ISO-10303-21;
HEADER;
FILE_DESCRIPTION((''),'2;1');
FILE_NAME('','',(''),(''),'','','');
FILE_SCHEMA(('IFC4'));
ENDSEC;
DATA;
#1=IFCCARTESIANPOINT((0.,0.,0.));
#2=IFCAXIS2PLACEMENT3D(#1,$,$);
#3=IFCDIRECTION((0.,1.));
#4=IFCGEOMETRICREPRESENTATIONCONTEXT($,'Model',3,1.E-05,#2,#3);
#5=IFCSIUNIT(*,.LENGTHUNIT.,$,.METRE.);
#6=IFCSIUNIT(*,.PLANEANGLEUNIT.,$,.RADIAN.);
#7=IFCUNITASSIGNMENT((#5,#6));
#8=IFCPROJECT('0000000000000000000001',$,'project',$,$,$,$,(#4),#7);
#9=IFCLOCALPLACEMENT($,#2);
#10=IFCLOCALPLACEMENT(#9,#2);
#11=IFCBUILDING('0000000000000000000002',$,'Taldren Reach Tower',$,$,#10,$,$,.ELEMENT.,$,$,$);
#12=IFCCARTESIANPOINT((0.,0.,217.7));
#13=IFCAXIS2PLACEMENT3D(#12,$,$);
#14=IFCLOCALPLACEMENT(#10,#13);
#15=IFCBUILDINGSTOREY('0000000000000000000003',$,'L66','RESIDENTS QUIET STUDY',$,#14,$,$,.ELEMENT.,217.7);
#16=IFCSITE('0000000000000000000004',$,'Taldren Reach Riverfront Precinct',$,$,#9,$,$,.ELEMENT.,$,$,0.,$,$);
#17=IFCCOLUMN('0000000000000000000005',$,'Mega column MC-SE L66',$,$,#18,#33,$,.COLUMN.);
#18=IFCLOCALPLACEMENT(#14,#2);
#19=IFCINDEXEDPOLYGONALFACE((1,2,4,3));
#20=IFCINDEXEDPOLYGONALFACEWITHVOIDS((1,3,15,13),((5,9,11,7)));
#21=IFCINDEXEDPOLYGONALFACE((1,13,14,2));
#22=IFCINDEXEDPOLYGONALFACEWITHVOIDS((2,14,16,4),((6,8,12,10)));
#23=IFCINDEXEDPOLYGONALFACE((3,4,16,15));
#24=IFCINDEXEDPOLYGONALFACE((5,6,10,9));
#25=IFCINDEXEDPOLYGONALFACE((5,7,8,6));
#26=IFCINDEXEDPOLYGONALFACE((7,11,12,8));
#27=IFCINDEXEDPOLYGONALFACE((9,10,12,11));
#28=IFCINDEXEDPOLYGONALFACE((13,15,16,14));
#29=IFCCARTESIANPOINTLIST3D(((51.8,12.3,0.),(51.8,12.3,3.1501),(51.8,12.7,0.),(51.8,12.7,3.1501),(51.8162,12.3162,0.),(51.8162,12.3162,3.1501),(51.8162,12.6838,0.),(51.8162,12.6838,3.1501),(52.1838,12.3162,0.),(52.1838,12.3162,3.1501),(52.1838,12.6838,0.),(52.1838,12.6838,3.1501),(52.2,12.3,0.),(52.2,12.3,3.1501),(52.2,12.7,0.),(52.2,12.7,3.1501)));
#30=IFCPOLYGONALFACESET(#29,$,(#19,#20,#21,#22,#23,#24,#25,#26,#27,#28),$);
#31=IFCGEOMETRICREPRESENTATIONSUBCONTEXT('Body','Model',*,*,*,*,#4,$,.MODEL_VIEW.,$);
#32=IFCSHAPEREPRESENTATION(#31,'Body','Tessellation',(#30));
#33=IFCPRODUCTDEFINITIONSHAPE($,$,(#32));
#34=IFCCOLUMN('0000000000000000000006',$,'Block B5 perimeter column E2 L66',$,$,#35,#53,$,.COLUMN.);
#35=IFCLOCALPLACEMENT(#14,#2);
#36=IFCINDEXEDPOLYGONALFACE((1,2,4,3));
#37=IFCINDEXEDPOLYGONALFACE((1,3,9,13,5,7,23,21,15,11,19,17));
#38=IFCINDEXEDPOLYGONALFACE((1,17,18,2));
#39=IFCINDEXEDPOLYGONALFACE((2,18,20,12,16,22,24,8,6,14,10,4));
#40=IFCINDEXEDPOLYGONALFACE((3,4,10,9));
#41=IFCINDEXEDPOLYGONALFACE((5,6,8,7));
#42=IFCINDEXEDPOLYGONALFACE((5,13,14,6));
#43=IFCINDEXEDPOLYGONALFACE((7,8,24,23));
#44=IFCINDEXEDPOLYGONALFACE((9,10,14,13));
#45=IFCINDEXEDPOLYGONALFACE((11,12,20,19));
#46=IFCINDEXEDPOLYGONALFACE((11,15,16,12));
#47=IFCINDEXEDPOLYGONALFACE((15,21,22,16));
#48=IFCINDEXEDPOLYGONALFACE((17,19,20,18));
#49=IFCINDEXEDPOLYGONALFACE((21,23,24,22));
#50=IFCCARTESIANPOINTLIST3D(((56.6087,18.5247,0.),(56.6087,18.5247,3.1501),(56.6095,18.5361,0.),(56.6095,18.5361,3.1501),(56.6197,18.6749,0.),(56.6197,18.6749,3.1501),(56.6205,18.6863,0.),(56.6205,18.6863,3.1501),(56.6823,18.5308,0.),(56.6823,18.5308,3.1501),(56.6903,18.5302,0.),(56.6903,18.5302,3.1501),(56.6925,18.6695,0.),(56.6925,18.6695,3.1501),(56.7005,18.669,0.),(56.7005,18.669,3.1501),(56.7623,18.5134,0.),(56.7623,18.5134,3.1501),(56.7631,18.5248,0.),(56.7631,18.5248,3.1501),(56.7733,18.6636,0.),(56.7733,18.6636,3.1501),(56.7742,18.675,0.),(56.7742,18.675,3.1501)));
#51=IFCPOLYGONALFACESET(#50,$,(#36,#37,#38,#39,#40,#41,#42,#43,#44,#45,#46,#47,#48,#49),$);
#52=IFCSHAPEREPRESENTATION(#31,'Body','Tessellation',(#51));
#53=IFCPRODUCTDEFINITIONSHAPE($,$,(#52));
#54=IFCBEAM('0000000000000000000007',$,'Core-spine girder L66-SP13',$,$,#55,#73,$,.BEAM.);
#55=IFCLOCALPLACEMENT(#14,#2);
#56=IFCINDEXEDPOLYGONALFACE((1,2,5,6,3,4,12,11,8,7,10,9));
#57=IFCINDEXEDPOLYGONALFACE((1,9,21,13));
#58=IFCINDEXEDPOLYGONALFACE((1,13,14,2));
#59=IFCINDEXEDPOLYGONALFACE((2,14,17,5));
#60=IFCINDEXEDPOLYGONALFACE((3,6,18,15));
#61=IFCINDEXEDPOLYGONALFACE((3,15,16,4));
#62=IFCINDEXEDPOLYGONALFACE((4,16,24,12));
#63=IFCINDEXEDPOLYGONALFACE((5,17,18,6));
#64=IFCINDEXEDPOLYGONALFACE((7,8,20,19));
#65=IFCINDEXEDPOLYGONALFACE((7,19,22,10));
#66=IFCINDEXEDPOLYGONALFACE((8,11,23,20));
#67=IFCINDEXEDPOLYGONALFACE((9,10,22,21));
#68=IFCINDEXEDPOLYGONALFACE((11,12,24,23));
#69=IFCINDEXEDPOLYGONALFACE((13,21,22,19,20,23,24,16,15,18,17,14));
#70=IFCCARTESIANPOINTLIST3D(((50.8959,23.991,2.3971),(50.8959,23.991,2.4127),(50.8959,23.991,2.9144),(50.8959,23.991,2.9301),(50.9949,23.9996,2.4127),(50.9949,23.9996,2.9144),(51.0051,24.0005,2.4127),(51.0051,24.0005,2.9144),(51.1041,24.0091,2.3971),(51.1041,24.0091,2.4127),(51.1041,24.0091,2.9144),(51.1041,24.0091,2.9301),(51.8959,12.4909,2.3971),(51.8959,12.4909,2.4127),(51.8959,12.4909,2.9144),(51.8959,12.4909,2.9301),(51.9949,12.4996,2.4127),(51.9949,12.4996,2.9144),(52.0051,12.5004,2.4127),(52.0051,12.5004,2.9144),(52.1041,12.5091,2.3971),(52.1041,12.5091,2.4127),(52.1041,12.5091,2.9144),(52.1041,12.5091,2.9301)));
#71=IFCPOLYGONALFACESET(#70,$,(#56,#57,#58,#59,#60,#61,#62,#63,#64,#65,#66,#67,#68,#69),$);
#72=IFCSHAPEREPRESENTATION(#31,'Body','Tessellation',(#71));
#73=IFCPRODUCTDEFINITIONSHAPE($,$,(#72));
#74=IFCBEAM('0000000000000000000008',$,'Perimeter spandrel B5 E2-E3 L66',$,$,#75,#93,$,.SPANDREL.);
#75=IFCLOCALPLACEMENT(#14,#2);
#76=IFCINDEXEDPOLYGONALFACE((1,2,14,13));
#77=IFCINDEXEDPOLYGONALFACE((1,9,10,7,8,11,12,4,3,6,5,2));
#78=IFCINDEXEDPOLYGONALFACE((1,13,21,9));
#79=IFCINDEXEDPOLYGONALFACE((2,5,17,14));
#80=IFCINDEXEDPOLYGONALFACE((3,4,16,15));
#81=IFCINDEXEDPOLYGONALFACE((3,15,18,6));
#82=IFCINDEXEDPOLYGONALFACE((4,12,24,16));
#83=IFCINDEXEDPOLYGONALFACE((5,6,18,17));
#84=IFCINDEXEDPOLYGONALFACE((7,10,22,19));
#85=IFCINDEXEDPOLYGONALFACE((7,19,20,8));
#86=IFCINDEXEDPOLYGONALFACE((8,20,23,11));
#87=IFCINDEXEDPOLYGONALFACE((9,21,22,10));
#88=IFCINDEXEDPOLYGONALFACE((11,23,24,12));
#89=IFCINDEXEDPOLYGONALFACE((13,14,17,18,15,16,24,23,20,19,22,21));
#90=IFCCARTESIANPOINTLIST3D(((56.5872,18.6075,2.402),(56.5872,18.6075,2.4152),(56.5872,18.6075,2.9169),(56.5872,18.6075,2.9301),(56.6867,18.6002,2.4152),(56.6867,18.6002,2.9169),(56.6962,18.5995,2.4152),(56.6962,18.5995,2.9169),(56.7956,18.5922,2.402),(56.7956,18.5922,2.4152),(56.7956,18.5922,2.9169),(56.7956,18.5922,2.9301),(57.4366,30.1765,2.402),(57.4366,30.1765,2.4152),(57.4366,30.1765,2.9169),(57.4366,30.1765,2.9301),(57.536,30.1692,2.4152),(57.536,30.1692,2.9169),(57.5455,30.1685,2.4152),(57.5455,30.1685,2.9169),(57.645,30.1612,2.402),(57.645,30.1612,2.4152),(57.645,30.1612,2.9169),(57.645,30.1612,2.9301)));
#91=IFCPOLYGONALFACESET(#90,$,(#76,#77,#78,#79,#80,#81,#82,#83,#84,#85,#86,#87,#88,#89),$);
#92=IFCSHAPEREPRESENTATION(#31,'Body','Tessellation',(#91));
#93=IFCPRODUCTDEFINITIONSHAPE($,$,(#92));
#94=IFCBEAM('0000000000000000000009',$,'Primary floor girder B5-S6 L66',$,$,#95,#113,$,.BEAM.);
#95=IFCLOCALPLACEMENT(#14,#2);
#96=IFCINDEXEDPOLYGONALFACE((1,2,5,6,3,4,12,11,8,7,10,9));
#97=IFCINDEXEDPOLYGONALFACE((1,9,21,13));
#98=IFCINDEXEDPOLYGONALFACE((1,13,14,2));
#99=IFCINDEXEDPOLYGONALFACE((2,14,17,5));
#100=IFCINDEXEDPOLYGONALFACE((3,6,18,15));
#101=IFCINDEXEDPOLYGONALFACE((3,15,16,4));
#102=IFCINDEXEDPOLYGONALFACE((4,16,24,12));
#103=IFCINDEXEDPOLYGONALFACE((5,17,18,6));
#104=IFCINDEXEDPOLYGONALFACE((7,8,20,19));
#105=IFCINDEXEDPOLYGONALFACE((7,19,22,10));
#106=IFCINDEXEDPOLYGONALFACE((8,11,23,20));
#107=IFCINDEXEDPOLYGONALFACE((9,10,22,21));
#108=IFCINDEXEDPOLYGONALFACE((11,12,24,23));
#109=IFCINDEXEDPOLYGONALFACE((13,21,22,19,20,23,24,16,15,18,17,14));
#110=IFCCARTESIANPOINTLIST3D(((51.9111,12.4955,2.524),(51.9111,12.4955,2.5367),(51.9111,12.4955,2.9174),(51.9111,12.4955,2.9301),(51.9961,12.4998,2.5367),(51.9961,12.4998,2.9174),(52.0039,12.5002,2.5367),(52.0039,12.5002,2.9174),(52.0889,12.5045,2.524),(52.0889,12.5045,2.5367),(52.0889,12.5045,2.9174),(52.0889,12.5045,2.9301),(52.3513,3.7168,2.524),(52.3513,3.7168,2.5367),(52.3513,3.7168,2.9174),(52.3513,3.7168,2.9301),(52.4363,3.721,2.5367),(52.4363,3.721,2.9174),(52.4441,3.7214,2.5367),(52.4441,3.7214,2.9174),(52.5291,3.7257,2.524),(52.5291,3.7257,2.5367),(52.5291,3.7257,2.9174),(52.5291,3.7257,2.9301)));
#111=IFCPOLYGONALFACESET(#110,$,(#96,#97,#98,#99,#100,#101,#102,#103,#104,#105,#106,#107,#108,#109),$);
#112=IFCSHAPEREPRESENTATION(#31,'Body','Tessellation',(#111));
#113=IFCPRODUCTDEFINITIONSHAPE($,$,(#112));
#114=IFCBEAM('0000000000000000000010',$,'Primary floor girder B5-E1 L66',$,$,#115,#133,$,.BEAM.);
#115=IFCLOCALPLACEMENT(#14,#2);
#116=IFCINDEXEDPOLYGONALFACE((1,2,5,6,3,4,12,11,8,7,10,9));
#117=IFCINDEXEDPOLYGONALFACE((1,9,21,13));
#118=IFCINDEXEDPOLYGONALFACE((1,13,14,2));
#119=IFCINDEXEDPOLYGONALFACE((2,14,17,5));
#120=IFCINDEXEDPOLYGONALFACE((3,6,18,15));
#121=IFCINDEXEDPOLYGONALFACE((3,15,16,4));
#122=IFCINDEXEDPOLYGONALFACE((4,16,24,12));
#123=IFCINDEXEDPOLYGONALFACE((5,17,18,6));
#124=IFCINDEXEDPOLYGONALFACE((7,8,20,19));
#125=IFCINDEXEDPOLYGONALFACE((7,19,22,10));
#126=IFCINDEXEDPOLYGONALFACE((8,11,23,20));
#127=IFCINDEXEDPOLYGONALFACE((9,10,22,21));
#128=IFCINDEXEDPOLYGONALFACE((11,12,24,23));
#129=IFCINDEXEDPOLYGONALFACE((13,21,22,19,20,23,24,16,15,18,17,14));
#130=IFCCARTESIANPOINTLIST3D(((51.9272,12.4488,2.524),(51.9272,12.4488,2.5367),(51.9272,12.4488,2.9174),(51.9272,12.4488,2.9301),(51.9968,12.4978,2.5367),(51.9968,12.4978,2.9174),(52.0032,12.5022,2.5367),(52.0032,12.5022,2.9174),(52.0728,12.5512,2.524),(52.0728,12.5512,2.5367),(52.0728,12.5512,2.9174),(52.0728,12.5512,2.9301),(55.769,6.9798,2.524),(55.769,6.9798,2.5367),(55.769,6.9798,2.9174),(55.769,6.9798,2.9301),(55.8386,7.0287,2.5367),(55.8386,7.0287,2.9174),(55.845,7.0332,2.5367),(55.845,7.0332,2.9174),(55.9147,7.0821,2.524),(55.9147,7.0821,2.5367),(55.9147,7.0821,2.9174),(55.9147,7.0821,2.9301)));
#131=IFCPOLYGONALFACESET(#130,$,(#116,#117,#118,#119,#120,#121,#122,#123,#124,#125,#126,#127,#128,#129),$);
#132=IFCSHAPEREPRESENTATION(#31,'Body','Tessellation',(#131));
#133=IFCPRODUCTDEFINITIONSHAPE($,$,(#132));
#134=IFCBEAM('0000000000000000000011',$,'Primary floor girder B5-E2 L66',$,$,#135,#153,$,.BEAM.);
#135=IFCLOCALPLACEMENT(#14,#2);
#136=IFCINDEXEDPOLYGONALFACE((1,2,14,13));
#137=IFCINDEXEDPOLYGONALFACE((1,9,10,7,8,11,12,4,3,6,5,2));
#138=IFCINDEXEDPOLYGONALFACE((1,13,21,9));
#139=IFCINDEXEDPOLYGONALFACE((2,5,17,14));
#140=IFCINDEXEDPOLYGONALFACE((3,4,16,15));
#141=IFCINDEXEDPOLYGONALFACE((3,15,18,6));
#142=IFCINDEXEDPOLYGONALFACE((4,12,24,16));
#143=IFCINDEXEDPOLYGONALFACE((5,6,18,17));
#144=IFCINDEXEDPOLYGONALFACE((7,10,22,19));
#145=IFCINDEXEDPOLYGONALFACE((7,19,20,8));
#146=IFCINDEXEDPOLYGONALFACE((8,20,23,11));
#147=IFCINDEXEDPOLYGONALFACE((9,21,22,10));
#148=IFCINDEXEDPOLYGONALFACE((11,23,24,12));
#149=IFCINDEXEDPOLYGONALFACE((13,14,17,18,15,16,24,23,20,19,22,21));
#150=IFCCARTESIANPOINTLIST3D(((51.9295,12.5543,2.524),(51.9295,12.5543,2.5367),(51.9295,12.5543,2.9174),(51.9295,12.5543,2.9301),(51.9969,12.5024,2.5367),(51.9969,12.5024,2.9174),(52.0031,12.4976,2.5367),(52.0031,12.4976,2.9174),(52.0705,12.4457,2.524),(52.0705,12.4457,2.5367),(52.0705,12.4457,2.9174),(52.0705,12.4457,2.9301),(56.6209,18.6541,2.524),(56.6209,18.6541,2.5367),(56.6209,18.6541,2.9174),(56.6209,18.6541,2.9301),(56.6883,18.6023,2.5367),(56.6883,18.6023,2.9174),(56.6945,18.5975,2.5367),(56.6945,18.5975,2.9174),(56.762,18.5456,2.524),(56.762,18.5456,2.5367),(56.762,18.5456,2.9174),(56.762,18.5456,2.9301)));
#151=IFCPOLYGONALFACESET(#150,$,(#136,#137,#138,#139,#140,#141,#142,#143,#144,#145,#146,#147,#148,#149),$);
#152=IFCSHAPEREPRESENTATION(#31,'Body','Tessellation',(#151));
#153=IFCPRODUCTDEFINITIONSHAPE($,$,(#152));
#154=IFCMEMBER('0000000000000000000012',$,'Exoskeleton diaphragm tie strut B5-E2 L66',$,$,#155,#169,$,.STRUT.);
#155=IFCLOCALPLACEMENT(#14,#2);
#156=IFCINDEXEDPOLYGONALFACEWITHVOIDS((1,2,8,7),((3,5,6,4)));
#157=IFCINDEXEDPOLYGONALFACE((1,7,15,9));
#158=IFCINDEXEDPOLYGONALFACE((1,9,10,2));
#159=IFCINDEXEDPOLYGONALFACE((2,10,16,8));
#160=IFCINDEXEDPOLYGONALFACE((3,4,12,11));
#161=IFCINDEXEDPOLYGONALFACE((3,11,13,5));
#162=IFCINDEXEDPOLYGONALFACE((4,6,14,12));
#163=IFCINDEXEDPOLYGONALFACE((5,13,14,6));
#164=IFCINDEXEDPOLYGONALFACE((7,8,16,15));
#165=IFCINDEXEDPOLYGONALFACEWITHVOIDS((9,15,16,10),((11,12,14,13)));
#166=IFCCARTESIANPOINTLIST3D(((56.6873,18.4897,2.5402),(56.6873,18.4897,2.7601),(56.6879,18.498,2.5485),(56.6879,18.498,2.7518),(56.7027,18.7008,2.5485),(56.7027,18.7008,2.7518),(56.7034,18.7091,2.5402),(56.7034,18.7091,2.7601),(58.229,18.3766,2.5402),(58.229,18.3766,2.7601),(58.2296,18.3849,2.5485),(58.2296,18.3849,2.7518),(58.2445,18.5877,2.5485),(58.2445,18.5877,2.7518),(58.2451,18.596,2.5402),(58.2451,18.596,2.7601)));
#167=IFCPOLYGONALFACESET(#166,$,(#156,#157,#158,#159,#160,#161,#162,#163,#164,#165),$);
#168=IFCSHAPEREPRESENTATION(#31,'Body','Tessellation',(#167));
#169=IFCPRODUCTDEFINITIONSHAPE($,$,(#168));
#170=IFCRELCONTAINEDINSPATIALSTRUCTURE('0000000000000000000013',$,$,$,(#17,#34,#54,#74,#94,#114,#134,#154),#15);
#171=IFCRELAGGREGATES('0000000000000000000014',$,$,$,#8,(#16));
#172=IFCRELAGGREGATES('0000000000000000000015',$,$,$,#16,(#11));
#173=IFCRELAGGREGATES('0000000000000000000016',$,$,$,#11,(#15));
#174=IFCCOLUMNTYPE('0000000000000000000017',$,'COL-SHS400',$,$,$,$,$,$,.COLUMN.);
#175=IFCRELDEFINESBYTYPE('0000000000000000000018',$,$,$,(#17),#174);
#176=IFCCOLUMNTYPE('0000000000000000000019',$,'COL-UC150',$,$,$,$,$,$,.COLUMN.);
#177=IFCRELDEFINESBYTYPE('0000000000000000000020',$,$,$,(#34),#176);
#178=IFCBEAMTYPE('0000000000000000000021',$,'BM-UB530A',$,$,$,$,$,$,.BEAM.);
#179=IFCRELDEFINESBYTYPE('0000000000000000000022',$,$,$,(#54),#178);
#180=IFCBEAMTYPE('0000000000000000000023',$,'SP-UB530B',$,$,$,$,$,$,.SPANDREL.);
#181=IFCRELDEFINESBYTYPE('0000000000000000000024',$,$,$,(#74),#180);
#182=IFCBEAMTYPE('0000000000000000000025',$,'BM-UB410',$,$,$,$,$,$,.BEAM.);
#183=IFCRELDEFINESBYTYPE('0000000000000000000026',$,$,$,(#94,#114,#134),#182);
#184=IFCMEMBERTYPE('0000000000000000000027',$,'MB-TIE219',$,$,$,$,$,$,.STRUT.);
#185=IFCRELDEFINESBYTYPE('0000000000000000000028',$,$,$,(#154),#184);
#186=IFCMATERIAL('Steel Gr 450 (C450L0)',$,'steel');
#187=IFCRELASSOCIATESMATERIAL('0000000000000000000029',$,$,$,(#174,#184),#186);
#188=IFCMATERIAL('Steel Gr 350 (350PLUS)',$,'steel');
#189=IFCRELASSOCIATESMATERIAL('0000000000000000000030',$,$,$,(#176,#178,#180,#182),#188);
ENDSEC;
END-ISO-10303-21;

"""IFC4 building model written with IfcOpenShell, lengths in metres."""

from ifc_helpers import new_model, si_unit, direction, frame, origin, origin_2d, place, context, subcontext, project, spatial, hollow_rectangle, i_section, extrude, source, transform, mapped, material, material_profile, profile_set, type_object, element, save


model = new_model("IFC4")

# Units and contexts
model_context = context("Model", 3, precision=1e-05, world=origin(), true_north=direction((0.0, 1.0)))
body_context = subcontext(model_context, "Body", "Model", "MODEL_VIEW")
ifc_project = project(units=[si_unit("LENGTHUNIT", "METRE"), si_unit("PLANEANGLEUNIT", "RADIAN")], contexts=[model_context])

# Site, building, storey
site_placement = place(None, origin())
site = spatial("IfcSite", under=ifc_project, at=site_placement, Name="Taldren Reach Riverfront Precinct", CompositionType="ELEMENT", RefElevation=0.0)
building_placement = place(site_placement, origin())
building = spatial("IfcBuilding", under=site, at=building_placement, Name="Taldren Reach Tower", CompositionType="ELEMENT")
storey_placement = place(building_placement, frame((0.0, 0.0, 217.7)))
storey = spatial("IfcBuildingStorey", under=building, at=storey_placement, Name="L66", Description="RESIDENTS QUIET STUDY", CompositionType="ELEMENT", Elevation=217.7)

# Columns
ifc_material_1 = material(Name="Steel Gr 450 (C450L0)", Category="steel")
ifc_material_profile_1 = material_profile(ifc_material_1, hollow_rectangle(XDim=0.3999, YDim=0.3999, WallThickness=0.0161, at=origin_2d()), Name="400x400x16.0SHS")
ifc_profile_set_1 = profile_set([ifc_material_profile_1], Name="Steel Gr 450 (C450L0)")
column_type_1 = type_object("IfcColumnType", Name="COL-SHS400", PredefinedType="COLUMN", material=ifc_profile_set_1)
shared_shape_1 = source(origin(), body_context, "Body", "SweptSolid", [
    extrude(hollow_rectangle(XDim=0.3999, YDim=0.3999, WallThickness=0.0161, at=origin_2d()), origin(), (0.0, 0.0, 1.0), 3.1501),
])
column_1_placement = place(storey_placement, frame((52.0, 12.5, 0.0), z_axis=(0.0, 0.0, 1.0), x_axis=(1.0, 0.0, 0.0)))
element("IfcColumn", 1, at=column_1_placement, inside=storey, type_object=column_type_1, Name="Mega column MC-SE L66", PredefinedType="COLUMN", context=body_context, shape_type="MappedRepresentation", body=[
    mapped(shared_shape_1, transform((0.0, 0.0, 0.0), scale=1.0)),
])
ifc_material_2 = material(Name="Steel Gr 350 (350PLUS)", Category="steel")
ifc_material_profile_2 = material_profile(ifc_material_2, i_section(OverallWidth=0.1541, OverallDepth=0.1621, WebThickness=0.0081, FlangeThickness=0.0115, at=origin_2d()), Name="150UC37.2")
ifc_profile_set_2 = profile_set([ifc_material_profile_2], Name="Steel Gr 350 (350PLUS)")
column_type_2 = type_object("IfcColumnType", Name="COL-UC150", PredefinedType="COLUMN", material=ifc_profile_set_2)
shared_shape_2 = source(origin(), body_context, "Body", "SweptSolid", [
    extrude(i_section(OverallWidth=0.1541, OverallDepth=0.1621, WebThickness=0.0081, FlangeThickness=0.0115, at=origin_2d()), origin(), (0.0, 0.0, 1.0), 3.1501),
])
column_2_placement = place(storey_placement, frame((56.6914, 18.5999, 0.0), z_axis=(0.0, 0.0, 1.0), x_axis=(0.997314, -0.073238, 0.0)))
element("IfcColumn", 2, at=column_2_placement, inside=storey, type_object=column_type_2, Name="Block B5 perimeter column E2 L66", PredefinedType="COLUMN", context=body_context, shape_type="MappedRepresentation", body=[
    mapped(shared_shape_2, transform((0.0, 0.0, 0.0), scale=1.0)),
])

# Beams
ifc_material_profile_3 = material_profile(ifc_material_2, i_section(OverallWidth=0.209, OverallDepth=0.533, WebThickness=0.0103, FlangeThickness=0.0156, at=origin_2d()), Name="530UB92.4")
ifc_profile_set_3 = profile_set([ifc_material_profile_3], Name="Steel Gr 350 (350PLUS)")
beam_type_1 = type_object("IfcBeamType", Name="BM-UB530A", PredefinedType="BEAM", material=ifc_profile_set_3)
shared_shape_3 = source(origin(), body_context, "Body", "SweptSolid", [
    extrude(i_section(OverallWidth=0.209, OverallDepth=0.533, WebThickness=0.0103, FlangeThickness=0.0156, at=origin_2d()), origin(), (0.0, 0.0, 1.0), 11.5435),
])
beam_1_placement = place(storey_placement, frame((52.0, 12.5, 2.6636), z_axis=(-0.08663, 0.996241, 0.0), x_axis=(-0.996241, -0.08663, 0.0)))
element("IfcBeam", 3, at=beam_1_placement, inside=storey, type_object=beam_type_1, Name="Core-spine girder L66-SP13", PredefinedType="BEAM", context=body_context, shape_type="MappedRepresentation", body=[
    mapped(shared_shape_3, transform((0.0, 0.0, 0.0), scale=1.0)),
])
ifc_material_profile_4 = material_profile(ifc_material_2, i_section(OverallWidth=0.209, OverallDepth=0.5281, WebThickness=0.0095, FlangeThickness=0.0132, at=origin_2d()), Name="530UB82.0")
ifc_profile_set_4 = profile_set([ifc_material_profile_4], Name="Steel Gr 350 (350PLUS)")
beam_type_2 = type_object("IfcBeamType", Name="SP-UB530B", PredefinedType="SPANDREL", material=ifc_profile_set_4)
shared_shape_4 = source(origin(), body_context, "Body", "SweptSolid", [
    extrude(i_section(OverallWidth=0.209, OverallDepth=0.5281, WebThickness=0.0095, FlangeThickness=0.0132, at=origin_2d()), origin(), (0.0, 0.0, 1.0), 11.6001),
])
beam_2_placement = place(storey_placement, frame((56.6914, 18.5999, 2.666), z_axis=(0.073221, 0.997316, 0.0), x_axis=(-0.997316, 0.073221, 0.0)))
element("IfcBeam", 4, at=beam_2_placement, inside=storey, type_object=beam_type_2, Name="Perimeter spandrel B5 E2-E3 L66", PredefinedType="SPANDREL", context=body_context, shape_type="MappedRepresentation", body=[
    mapped(shared_shape_4, transform((0.0, 0.0, 0.0), scale=1.0)),
])
ifc_material_profile_5 = material_profile(ifc_material_2, i_section(OverallWidth=0.178, OverallDepth=0.406, WebThickness=0.0078, FlangeThickness=0.0127, at=origin_2d()), Name="410UB59.7")
ifc_profile_set_5 = profile_set([ifc_material_profile_5], Name="Steel Gr 350 (350PLUS)")
beam_type_3 = type_object("IfcBeamType", Name="BM-UB410", PredefinedType="BEAM", material=ifc_profile_set_5)
shared_shape_5 = source(origin(), body_context, "Body", "SweptSolid", [
    extrude(i_section(OverallWidth=0.178, OverallDepth=0.406, WebThickness=0.0078, FlangeThickness=0.0127, at=origin_2d()), origin(), (0.0, 0.0, 1.0), 8.7898),
])
beam_3_placement = place(storey_placement, frame((52.0, 12.5, 2.7271), z_axis=(0.050079, -0.998745, 0.0), x_axis=(0.998745, 0.050079, 0.0)))
element("IfcBeam", 5, at=beam_3_placement, inside=storey, type_object=beam_type_3, Name="Primary floor girder B5-S6 L66", PredefinedType="BEAM", context=body_context, shape_type="MappedRepresentation", body=[
    mapped(shared_shape_5, transform((0.0, 0.0, 0.0), scale=1.0)),
])
shared_shape_6 = source(origin(), body_context, "Body", "SweptSolid", [
    extrude(i_section(OverallWidth=0.178, OverallDepth=0.406, WebThickness=0.0078, FlangeThickness=0.0127, at=origin_2d()), origin(), (0.0, 0.0, 1.0), 6.6836),
])
beam_4_placement = place(storey_placement, frame((52.0, 12.5, 2.7271), z_axis=(0.574817, -0.818282, 0.0), x_axis=(0.818282, 0.574817, 0.0)))
element("IfcBeam", 6, at=beam_4_placement, inside=storey, type_object=beam_type_3, Name="Primary floor girder B5-E1 L66", PredefinedType="BEAM", context=body_context, shape_type="MappedRepresentation", body=[
    mapped(shared_shape_6, transform((0.0, 0.0, 0.0), scale=1.0)),
])
shared_shape_7 = source(origin(), body_context, "Body", "SweptSolid", [
    extrude(i_section(OverallWidth=0.178, OverallDepth=0.406, WebThickness=0.0078, FlangeThickness=0.0127, at=origin_2d()), origin(), (0.0, 0.0, 1.0), 7.6953),
])
beam_5_placement = place(storey_placement, frame((52.0, 12.5, 2.7271), z_axis=(0.609646, 0.792674, 0.0), x_axis=(-0.792674, 0.609646, 0.0)))
element("IfcBeam", 7, at=beam_5_placement, inside=storey, type_object=beam_type_3, Name="Primary floor girder B5-E2 L66", PredefinedType="BEAM", context=body_context, shape_type="MappedRepresentation", body=[
    mapped(shared_shape_7, transform((0.0, 0.0, 0.0), scale=1.0)),
])

# Member
ifc_material_profile_6 = material_profile(ifc_material_1, hollow_rectangle(XDim=0.22, YDim=0.22, WallThickness=0.0083, at=origin_2d()), Name="220x220x8.2SHS")
ifc_profile_set_6 = profile_set([ifc_material_profile_6], Name="Steel Gr 450 (C450L0)")
member_type_1 = type_object("IfcMemberType", Name="MB-TIE219", PredefinedType="STRUT", material=ifc_profile_set_6)
shared_shape_8 = source(origin(), body_context, "Body", "SweptSolid", [
    extrude(hollow_rectangle(XDim=0.22, YDim=0.22, WallThickness=0.0083, at=origin_2d()), origin(), (0.0, 0.0, 1.0), 1.5459),
])
member_1_placement = place(storey_placement, frame((56.6953, 18.5994, 2.6501), z_axis=(0.997323, -0.073121, 0.0), x_axis=(0.073121, 0.997323, 0.0)))
element("IfcMember", 8, at=member_1_placement, inside=storey, type_object=member_type_1, Name="Exoskeleton diaphragm tie strut B5-E2 L66", PredefinedType="STRUT", context=body_context, shape_type="MappedRepresentation", body=[
    mapped(shared_shape_8, transform((0.0, 0.0, 0.0), scale=1.0)),
])

save(model, "model.ifc")
